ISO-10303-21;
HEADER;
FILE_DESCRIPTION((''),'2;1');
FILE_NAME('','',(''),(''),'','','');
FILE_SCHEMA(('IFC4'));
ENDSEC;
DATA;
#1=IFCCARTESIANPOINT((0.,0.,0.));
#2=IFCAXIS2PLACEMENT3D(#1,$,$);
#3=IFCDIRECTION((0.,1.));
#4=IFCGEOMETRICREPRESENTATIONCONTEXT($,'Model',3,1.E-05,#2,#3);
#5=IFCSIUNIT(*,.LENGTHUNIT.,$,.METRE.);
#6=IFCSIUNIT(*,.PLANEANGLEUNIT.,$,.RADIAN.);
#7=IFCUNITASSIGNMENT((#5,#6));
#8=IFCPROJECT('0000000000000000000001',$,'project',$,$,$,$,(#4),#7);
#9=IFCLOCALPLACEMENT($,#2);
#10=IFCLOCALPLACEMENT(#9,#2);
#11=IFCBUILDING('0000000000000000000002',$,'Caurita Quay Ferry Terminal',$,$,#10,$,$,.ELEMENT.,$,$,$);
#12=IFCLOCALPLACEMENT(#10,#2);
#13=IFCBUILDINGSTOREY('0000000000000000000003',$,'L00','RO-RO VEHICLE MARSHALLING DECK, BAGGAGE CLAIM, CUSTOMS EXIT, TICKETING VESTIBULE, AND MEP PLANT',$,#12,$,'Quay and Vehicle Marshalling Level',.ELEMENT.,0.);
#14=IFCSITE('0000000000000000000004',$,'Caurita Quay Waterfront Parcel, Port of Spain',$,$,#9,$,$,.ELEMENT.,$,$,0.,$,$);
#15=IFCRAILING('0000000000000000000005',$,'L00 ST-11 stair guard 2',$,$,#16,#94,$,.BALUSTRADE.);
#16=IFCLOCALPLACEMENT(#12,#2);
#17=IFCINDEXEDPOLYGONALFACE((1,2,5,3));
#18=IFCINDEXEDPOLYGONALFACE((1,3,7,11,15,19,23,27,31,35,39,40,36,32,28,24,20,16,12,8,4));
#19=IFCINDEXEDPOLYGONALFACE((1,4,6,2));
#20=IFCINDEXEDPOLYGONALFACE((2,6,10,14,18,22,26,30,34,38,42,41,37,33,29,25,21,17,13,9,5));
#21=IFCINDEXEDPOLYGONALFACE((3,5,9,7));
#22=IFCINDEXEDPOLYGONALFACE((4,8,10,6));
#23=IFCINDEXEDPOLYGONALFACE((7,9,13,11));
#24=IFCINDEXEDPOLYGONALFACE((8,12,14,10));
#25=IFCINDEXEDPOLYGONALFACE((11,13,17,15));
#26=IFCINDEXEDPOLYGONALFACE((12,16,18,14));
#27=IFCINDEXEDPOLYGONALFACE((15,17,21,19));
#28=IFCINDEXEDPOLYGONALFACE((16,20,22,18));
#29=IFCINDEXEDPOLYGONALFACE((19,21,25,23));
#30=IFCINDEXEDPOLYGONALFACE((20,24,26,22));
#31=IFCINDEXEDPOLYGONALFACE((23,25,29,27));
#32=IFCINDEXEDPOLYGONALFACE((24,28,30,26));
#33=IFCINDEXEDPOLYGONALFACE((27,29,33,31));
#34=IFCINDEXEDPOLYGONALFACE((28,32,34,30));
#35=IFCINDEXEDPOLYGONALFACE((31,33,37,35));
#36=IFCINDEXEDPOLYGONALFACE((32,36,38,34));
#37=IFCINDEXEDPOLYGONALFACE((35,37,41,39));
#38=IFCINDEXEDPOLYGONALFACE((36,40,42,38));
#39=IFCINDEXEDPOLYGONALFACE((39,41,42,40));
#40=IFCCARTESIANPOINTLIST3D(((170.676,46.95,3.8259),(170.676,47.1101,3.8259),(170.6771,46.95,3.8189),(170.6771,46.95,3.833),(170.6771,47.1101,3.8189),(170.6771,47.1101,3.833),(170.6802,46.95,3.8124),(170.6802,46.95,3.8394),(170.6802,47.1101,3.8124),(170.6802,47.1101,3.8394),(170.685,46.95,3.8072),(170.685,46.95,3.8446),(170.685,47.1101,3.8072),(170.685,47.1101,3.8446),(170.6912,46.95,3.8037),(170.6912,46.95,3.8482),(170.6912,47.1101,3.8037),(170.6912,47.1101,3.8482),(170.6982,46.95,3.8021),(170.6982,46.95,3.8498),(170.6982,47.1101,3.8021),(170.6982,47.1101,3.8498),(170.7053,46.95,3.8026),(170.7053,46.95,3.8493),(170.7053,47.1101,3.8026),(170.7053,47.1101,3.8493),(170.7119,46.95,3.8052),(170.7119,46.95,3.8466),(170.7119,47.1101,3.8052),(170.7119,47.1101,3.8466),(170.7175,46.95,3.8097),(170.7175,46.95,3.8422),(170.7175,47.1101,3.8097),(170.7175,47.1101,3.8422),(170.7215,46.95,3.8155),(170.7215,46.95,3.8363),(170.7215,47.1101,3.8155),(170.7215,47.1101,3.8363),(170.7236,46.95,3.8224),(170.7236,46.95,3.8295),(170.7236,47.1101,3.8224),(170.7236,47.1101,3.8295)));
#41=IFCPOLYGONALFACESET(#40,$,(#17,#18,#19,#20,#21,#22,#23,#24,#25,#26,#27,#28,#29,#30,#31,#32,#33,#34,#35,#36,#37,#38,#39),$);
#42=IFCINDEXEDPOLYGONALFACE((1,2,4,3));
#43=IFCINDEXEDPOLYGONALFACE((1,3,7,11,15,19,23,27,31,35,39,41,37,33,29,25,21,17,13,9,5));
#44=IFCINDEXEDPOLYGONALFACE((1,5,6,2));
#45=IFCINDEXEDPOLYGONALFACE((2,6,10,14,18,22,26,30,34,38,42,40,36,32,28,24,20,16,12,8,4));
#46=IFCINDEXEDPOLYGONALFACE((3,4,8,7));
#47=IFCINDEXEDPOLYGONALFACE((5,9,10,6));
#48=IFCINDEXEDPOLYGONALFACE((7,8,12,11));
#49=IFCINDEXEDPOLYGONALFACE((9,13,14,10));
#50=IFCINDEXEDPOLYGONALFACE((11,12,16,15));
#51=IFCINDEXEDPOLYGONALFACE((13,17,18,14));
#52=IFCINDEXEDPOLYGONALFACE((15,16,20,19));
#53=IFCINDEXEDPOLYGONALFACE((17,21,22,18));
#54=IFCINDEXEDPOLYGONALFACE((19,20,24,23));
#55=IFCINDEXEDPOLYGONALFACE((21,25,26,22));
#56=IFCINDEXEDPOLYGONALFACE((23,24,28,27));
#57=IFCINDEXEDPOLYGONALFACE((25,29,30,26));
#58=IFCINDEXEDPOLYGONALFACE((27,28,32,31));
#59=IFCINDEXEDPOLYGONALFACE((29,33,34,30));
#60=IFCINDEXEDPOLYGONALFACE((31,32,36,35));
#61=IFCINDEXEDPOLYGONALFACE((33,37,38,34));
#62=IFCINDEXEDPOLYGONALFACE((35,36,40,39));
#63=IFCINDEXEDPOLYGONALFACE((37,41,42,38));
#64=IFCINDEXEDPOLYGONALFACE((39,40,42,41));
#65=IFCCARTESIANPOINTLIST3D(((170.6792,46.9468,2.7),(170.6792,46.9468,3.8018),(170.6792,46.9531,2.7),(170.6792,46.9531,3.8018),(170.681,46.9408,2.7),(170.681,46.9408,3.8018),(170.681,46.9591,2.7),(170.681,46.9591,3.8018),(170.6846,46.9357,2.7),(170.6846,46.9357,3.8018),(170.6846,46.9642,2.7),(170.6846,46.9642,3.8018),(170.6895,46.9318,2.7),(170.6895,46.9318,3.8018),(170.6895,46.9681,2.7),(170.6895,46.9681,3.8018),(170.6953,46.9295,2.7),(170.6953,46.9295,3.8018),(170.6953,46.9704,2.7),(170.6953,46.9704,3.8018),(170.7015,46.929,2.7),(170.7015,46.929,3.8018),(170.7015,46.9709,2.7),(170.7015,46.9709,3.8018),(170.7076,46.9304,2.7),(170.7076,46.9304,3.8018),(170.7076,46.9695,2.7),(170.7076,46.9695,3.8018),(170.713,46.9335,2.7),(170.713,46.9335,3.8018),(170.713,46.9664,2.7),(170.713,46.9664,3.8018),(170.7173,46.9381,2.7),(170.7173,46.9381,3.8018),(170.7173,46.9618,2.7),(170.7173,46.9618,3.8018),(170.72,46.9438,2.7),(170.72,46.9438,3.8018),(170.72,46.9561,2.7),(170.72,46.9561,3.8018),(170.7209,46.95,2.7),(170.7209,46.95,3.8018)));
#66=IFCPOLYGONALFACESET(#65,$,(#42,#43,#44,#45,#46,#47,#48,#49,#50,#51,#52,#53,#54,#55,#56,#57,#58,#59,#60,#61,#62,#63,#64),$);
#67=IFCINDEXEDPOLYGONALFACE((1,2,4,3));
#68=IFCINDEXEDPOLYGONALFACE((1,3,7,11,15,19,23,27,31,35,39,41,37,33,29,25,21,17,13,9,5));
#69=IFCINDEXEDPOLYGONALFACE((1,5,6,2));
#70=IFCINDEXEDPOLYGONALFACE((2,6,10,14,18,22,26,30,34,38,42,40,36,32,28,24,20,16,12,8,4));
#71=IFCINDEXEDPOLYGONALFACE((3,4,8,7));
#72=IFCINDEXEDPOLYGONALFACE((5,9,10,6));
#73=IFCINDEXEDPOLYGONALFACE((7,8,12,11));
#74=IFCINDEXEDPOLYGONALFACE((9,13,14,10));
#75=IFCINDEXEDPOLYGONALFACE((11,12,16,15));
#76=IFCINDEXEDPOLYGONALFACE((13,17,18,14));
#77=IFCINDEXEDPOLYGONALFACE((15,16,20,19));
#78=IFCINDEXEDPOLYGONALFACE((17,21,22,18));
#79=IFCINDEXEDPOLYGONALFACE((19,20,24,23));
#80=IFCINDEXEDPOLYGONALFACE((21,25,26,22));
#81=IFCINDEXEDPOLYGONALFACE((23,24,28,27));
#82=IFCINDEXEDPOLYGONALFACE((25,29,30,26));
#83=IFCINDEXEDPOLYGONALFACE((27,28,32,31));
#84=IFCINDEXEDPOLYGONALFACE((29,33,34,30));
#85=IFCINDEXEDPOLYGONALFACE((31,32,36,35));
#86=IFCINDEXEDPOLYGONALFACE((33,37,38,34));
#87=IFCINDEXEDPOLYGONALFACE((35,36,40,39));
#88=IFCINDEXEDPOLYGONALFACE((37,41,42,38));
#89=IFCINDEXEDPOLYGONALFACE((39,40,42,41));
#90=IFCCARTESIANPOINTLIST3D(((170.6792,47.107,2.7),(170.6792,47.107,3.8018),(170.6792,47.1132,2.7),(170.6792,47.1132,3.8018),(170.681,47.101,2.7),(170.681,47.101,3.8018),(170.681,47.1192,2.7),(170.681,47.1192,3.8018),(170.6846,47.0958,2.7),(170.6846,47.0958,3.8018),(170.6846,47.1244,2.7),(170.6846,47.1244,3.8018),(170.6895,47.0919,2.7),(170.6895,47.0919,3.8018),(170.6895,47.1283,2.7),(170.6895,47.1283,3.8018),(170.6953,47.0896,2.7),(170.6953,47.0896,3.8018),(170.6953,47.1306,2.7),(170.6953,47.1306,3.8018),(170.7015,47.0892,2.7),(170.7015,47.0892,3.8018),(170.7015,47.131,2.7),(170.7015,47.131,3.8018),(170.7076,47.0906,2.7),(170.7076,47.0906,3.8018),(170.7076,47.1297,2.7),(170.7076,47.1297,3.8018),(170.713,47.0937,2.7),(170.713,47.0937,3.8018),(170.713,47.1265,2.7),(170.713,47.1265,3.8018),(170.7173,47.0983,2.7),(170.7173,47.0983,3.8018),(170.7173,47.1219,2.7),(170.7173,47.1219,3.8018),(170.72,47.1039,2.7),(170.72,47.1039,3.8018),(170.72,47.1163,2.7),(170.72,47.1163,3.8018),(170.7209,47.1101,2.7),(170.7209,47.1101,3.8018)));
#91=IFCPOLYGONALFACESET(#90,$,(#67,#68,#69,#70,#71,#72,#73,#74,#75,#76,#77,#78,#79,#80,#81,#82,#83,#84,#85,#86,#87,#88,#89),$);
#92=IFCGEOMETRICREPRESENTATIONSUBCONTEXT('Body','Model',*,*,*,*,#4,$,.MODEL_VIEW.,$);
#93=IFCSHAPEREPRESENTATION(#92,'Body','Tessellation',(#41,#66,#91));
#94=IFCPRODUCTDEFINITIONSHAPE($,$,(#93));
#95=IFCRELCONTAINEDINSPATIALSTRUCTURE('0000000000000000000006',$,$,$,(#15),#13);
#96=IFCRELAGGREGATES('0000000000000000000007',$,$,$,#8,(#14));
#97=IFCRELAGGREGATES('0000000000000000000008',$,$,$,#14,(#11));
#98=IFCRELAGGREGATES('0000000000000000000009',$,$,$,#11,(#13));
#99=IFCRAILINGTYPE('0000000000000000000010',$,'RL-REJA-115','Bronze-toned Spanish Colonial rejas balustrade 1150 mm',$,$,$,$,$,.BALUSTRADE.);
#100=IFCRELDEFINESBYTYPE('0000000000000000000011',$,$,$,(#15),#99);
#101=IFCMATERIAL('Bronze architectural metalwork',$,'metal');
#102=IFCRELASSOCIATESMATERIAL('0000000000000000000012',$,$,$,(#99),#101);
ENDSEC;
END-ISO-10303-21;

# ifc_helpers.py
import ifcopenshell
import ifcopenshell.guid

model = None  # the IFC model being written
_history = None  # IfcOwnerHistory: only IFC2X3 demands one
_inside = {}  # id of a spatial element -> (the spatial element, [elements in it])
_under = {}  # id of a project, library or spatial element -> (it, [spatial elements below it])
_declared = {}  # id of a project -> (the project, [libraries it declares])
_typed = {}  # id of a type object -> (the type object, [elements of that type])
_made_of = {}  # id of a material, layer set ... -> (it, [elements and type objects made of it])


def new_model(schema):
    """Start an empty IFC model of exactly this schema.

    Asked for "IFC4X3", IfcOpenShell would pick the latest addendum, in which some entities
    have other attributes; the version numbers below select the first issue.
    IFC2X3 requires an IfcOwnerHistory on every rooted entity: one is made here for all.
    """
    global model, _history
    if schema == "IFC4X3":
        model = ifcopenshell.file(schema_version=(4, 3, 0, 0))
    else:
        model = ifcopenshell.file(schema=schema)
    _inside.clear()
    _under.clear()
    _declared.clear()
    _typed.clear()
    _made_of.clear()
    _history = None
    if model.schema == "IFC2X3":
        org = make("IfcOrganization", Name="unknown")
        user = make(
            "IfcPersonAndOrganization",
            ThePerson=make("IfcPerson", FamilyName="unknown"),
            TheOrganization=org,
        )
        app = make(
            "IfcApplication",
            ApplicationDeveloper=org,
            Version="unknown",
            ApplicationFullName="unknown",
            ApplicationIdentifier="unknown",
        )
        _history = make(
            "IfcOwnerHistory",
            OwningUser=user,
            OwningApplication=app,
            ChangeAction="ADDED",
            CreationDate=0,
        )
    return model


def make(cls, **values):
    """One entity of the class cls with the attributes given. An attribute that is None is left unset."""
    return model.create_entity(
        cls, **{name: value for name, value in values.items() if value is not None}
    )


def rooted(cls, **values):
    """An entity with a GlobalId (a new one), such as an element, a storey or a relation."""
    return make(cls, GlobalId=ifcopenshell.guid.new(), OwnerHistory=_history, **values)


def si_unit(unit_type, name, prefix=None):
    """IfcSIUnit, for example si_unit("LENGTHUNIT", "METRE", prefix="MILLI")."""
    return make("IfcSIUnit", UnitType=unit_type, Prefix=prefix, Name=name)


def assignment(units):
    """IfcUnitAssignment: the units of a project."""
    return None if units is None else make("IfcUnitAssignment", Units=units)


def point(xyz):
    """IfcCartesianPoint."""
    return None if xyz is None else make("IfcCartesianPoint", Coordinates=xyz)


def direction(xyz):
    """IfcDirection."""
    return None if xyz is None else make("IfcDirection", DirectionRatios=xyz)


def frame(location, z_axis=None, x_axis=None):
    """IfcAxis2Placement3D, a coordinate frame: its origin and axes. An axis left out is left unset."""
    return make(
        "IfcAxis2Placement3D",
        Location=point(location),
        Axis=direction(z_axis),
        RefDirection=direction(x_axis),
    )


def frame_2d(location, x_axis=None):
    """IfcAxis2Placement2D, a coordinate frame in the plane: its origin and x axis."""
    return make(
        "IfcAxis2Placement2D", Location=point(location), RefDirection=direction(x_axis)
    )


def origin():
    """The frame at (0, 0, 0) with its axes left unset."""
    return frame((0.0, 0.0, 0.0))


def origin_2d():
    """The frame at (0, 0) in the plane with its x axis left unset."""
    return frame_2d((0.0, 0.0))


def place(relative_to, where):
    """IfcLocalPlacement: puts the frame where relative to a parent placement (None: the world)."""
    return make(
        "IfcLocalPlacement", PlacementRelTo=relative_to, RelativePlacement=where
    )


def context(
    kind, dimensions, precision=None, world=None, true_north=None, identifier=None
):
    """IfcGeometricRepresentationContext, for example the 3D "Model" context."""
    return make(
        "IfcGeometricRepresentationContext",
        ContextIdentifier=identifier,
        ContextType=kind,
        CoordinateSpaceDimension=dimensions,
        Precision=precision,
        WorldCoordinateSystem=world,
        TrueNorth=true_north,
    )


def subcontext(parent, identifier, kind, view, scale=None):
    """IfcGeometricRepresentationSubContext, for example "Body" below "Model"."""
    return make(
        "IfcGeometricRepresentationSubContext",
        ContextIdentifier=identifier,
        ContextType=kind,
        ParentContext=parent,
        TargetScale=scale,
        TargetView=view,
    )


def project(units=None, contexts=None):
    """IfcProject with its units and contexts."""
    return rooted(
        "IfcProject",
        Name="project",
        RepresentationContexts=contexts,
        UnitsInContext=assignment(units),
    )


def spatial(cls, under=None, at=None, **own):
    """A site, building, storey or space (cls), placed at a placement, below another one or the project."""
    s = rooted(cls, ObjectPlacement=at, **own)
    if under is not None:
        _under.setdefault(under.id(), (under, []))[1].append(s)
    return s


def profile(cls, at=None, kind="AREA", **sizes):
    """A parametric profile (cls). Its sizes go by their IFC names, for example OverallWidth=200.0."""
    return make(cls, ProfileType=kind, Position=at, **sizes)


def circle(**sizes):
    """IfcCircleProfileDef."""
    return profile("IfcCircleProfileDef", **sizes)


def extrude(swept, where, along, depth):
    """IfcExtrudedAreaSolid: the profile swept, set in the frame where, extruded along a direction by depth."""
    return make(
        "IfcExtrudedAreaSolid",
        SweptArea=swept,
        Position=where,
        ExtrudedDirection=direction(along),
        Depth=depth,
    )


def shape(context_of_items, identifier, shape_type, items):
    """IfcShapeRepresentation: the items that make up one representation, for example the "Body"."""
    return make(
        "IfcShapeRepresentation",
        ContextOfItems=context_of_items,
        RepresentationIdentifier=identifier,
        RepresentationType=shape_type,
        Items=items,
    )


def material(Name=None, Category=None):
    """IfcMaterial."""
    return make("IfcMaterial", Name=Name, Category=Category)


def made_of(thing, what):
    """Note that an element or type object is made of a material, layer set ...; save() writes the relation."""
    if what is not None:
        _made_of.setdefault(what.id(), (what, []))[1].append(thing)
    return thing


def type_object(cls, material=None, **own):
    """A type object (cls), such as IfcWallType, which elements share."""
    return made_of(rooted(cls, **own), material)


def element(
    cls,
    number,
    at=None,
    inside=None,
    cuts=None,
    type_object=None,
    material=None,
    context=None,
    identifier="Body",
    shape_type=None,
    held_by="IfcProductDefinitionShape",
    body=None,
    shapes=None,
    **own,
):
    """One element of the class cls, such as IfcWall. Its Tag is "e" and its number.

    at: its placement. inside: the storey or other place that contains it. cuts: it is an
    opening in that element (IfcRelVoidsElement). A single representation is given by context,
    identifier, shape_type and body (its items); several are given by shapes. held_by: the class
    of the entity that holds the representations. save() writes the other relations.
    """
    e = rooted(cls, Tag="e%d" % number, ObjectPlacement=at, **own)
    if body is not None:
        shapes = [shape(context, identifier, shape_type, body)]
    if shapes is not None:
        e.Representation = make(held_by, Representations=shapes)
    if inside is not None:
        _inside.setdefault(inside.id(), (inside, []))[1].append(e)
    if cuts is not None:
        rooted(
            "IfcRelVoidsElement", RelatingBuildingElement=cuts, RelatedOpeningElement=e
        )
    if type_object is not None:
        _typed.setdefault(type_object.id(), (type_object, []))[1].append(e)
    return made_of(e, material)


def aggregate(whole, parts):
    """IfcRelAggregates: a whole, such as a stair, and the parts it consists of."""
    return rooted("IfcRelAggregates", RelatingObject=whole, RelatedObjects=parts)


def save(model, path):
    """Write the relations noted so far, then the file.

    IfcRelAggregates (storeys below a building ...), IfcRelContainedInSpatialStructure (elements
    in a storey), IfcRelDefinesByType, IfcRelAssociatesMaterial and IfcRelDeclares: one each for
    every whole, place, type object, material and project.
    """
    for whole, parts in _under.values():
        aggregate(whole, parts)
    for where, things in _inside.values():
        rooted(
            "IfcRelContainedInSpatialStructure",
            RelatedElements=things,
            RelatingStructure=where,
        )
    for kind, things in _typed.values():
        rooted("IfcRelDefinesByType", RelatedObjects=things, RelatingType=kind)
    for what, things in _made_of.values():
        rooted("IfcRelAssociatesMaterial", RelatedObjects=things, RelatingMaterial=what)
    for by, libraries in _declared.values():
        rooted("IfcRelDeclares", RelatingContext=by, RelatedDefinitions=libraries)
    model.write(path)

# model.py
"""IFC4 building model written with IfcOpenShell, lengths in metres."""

from ifc_helpers import new_model, si_unit, direction, frame, origin, origin_2d, place, context, subcontext, project, spatial, circle, extrude, material, type_object, element, save


model = new_model("IFC4")

# Units and contexts
model_context = context("Model", 3, precision=1e-05, world=origin(), true_north=direction((0.0, 1.0)))
body_context = subcontext(model_context, "Body", "Model", "MODEL_VIEW")
ifc_project = project(units=[si_unit("LENGTHUNIT", "METRE"), si_unit("PLANEANGLEUNIT", "RADIAN")], contexts=[model_context])

# Site, building, storey
site_placement = place(None, origin())
site = spatial("IfcSite", under=ifc_project, at=site_placement, Name="Caurita Quay Waterfront Parcel, Port of Spain", CompositionType="ELEMENT", RefElevation=0.0)
building_placement = place(site_placement, origin())
building = spatial("IfcBuilding", under=site, at=building_placement, Name="Caurita Quay Ferry Terminal", CompositionType="ELEMENT")
storey_placement = place(building_placement, origin())
storey = spatial("IfcBuildingStorey", under=building, at=storey_placement, Name="L00", Description="RO-RO VEHICLE MARSHALLING DECK, BAGGAGE CLAIM, CUSTOMS EXIT, TICKETING VESTIBULE, AND MEP PLANT", LongName="Quay and Vehicle Marshalling Level", CompositionType="ELEMENT", Elevation=0.0)

# Railing
ifc_material_1 = material(Name="Bronze architectural metalwork", Category="metal")
railing_type_1 = type_object("IfcRailingType", Name="RL-REJA-115", Description="Bronze-toned Spanish Colonial rejas balustrade 1150 mm", PredefinedType="BALUSTRADE", material=ifc_material_1)
railing_1_placement = place(storey_placement, frame((170.7, 46.95, 2.7)))
element("IfcRailing", 1, at=railing_1_placement, inside=storey, type_object=railing_type_1, Name="L00 ST-11 stair guard 2", PredefinedType="BALUSTRADE", context=body_context, shape_type="SweptSolid", body=[
    extrude(circle(Radius=0.0239, at=origin_2d()), frame((0.0, 0.0, 1.126), z_axis=(0.0, 1.0, 0.0), x_axis=(-1.0, 0.0, 0.0)), (0.0, 0.0, 1.0), 0.1602),
    extrude(circle(Radius=0.021, at=origin_2d()), origin(), (0.0, 0.0, 1.0), 1.1018),
    extrude(circle(Radius=0.021, at=origin_2d()), frame((0.0, 0.1602, 0.0)), (0.0, 0.0, 1.0), 1.1018),
])

save(model, "model.ifc")
